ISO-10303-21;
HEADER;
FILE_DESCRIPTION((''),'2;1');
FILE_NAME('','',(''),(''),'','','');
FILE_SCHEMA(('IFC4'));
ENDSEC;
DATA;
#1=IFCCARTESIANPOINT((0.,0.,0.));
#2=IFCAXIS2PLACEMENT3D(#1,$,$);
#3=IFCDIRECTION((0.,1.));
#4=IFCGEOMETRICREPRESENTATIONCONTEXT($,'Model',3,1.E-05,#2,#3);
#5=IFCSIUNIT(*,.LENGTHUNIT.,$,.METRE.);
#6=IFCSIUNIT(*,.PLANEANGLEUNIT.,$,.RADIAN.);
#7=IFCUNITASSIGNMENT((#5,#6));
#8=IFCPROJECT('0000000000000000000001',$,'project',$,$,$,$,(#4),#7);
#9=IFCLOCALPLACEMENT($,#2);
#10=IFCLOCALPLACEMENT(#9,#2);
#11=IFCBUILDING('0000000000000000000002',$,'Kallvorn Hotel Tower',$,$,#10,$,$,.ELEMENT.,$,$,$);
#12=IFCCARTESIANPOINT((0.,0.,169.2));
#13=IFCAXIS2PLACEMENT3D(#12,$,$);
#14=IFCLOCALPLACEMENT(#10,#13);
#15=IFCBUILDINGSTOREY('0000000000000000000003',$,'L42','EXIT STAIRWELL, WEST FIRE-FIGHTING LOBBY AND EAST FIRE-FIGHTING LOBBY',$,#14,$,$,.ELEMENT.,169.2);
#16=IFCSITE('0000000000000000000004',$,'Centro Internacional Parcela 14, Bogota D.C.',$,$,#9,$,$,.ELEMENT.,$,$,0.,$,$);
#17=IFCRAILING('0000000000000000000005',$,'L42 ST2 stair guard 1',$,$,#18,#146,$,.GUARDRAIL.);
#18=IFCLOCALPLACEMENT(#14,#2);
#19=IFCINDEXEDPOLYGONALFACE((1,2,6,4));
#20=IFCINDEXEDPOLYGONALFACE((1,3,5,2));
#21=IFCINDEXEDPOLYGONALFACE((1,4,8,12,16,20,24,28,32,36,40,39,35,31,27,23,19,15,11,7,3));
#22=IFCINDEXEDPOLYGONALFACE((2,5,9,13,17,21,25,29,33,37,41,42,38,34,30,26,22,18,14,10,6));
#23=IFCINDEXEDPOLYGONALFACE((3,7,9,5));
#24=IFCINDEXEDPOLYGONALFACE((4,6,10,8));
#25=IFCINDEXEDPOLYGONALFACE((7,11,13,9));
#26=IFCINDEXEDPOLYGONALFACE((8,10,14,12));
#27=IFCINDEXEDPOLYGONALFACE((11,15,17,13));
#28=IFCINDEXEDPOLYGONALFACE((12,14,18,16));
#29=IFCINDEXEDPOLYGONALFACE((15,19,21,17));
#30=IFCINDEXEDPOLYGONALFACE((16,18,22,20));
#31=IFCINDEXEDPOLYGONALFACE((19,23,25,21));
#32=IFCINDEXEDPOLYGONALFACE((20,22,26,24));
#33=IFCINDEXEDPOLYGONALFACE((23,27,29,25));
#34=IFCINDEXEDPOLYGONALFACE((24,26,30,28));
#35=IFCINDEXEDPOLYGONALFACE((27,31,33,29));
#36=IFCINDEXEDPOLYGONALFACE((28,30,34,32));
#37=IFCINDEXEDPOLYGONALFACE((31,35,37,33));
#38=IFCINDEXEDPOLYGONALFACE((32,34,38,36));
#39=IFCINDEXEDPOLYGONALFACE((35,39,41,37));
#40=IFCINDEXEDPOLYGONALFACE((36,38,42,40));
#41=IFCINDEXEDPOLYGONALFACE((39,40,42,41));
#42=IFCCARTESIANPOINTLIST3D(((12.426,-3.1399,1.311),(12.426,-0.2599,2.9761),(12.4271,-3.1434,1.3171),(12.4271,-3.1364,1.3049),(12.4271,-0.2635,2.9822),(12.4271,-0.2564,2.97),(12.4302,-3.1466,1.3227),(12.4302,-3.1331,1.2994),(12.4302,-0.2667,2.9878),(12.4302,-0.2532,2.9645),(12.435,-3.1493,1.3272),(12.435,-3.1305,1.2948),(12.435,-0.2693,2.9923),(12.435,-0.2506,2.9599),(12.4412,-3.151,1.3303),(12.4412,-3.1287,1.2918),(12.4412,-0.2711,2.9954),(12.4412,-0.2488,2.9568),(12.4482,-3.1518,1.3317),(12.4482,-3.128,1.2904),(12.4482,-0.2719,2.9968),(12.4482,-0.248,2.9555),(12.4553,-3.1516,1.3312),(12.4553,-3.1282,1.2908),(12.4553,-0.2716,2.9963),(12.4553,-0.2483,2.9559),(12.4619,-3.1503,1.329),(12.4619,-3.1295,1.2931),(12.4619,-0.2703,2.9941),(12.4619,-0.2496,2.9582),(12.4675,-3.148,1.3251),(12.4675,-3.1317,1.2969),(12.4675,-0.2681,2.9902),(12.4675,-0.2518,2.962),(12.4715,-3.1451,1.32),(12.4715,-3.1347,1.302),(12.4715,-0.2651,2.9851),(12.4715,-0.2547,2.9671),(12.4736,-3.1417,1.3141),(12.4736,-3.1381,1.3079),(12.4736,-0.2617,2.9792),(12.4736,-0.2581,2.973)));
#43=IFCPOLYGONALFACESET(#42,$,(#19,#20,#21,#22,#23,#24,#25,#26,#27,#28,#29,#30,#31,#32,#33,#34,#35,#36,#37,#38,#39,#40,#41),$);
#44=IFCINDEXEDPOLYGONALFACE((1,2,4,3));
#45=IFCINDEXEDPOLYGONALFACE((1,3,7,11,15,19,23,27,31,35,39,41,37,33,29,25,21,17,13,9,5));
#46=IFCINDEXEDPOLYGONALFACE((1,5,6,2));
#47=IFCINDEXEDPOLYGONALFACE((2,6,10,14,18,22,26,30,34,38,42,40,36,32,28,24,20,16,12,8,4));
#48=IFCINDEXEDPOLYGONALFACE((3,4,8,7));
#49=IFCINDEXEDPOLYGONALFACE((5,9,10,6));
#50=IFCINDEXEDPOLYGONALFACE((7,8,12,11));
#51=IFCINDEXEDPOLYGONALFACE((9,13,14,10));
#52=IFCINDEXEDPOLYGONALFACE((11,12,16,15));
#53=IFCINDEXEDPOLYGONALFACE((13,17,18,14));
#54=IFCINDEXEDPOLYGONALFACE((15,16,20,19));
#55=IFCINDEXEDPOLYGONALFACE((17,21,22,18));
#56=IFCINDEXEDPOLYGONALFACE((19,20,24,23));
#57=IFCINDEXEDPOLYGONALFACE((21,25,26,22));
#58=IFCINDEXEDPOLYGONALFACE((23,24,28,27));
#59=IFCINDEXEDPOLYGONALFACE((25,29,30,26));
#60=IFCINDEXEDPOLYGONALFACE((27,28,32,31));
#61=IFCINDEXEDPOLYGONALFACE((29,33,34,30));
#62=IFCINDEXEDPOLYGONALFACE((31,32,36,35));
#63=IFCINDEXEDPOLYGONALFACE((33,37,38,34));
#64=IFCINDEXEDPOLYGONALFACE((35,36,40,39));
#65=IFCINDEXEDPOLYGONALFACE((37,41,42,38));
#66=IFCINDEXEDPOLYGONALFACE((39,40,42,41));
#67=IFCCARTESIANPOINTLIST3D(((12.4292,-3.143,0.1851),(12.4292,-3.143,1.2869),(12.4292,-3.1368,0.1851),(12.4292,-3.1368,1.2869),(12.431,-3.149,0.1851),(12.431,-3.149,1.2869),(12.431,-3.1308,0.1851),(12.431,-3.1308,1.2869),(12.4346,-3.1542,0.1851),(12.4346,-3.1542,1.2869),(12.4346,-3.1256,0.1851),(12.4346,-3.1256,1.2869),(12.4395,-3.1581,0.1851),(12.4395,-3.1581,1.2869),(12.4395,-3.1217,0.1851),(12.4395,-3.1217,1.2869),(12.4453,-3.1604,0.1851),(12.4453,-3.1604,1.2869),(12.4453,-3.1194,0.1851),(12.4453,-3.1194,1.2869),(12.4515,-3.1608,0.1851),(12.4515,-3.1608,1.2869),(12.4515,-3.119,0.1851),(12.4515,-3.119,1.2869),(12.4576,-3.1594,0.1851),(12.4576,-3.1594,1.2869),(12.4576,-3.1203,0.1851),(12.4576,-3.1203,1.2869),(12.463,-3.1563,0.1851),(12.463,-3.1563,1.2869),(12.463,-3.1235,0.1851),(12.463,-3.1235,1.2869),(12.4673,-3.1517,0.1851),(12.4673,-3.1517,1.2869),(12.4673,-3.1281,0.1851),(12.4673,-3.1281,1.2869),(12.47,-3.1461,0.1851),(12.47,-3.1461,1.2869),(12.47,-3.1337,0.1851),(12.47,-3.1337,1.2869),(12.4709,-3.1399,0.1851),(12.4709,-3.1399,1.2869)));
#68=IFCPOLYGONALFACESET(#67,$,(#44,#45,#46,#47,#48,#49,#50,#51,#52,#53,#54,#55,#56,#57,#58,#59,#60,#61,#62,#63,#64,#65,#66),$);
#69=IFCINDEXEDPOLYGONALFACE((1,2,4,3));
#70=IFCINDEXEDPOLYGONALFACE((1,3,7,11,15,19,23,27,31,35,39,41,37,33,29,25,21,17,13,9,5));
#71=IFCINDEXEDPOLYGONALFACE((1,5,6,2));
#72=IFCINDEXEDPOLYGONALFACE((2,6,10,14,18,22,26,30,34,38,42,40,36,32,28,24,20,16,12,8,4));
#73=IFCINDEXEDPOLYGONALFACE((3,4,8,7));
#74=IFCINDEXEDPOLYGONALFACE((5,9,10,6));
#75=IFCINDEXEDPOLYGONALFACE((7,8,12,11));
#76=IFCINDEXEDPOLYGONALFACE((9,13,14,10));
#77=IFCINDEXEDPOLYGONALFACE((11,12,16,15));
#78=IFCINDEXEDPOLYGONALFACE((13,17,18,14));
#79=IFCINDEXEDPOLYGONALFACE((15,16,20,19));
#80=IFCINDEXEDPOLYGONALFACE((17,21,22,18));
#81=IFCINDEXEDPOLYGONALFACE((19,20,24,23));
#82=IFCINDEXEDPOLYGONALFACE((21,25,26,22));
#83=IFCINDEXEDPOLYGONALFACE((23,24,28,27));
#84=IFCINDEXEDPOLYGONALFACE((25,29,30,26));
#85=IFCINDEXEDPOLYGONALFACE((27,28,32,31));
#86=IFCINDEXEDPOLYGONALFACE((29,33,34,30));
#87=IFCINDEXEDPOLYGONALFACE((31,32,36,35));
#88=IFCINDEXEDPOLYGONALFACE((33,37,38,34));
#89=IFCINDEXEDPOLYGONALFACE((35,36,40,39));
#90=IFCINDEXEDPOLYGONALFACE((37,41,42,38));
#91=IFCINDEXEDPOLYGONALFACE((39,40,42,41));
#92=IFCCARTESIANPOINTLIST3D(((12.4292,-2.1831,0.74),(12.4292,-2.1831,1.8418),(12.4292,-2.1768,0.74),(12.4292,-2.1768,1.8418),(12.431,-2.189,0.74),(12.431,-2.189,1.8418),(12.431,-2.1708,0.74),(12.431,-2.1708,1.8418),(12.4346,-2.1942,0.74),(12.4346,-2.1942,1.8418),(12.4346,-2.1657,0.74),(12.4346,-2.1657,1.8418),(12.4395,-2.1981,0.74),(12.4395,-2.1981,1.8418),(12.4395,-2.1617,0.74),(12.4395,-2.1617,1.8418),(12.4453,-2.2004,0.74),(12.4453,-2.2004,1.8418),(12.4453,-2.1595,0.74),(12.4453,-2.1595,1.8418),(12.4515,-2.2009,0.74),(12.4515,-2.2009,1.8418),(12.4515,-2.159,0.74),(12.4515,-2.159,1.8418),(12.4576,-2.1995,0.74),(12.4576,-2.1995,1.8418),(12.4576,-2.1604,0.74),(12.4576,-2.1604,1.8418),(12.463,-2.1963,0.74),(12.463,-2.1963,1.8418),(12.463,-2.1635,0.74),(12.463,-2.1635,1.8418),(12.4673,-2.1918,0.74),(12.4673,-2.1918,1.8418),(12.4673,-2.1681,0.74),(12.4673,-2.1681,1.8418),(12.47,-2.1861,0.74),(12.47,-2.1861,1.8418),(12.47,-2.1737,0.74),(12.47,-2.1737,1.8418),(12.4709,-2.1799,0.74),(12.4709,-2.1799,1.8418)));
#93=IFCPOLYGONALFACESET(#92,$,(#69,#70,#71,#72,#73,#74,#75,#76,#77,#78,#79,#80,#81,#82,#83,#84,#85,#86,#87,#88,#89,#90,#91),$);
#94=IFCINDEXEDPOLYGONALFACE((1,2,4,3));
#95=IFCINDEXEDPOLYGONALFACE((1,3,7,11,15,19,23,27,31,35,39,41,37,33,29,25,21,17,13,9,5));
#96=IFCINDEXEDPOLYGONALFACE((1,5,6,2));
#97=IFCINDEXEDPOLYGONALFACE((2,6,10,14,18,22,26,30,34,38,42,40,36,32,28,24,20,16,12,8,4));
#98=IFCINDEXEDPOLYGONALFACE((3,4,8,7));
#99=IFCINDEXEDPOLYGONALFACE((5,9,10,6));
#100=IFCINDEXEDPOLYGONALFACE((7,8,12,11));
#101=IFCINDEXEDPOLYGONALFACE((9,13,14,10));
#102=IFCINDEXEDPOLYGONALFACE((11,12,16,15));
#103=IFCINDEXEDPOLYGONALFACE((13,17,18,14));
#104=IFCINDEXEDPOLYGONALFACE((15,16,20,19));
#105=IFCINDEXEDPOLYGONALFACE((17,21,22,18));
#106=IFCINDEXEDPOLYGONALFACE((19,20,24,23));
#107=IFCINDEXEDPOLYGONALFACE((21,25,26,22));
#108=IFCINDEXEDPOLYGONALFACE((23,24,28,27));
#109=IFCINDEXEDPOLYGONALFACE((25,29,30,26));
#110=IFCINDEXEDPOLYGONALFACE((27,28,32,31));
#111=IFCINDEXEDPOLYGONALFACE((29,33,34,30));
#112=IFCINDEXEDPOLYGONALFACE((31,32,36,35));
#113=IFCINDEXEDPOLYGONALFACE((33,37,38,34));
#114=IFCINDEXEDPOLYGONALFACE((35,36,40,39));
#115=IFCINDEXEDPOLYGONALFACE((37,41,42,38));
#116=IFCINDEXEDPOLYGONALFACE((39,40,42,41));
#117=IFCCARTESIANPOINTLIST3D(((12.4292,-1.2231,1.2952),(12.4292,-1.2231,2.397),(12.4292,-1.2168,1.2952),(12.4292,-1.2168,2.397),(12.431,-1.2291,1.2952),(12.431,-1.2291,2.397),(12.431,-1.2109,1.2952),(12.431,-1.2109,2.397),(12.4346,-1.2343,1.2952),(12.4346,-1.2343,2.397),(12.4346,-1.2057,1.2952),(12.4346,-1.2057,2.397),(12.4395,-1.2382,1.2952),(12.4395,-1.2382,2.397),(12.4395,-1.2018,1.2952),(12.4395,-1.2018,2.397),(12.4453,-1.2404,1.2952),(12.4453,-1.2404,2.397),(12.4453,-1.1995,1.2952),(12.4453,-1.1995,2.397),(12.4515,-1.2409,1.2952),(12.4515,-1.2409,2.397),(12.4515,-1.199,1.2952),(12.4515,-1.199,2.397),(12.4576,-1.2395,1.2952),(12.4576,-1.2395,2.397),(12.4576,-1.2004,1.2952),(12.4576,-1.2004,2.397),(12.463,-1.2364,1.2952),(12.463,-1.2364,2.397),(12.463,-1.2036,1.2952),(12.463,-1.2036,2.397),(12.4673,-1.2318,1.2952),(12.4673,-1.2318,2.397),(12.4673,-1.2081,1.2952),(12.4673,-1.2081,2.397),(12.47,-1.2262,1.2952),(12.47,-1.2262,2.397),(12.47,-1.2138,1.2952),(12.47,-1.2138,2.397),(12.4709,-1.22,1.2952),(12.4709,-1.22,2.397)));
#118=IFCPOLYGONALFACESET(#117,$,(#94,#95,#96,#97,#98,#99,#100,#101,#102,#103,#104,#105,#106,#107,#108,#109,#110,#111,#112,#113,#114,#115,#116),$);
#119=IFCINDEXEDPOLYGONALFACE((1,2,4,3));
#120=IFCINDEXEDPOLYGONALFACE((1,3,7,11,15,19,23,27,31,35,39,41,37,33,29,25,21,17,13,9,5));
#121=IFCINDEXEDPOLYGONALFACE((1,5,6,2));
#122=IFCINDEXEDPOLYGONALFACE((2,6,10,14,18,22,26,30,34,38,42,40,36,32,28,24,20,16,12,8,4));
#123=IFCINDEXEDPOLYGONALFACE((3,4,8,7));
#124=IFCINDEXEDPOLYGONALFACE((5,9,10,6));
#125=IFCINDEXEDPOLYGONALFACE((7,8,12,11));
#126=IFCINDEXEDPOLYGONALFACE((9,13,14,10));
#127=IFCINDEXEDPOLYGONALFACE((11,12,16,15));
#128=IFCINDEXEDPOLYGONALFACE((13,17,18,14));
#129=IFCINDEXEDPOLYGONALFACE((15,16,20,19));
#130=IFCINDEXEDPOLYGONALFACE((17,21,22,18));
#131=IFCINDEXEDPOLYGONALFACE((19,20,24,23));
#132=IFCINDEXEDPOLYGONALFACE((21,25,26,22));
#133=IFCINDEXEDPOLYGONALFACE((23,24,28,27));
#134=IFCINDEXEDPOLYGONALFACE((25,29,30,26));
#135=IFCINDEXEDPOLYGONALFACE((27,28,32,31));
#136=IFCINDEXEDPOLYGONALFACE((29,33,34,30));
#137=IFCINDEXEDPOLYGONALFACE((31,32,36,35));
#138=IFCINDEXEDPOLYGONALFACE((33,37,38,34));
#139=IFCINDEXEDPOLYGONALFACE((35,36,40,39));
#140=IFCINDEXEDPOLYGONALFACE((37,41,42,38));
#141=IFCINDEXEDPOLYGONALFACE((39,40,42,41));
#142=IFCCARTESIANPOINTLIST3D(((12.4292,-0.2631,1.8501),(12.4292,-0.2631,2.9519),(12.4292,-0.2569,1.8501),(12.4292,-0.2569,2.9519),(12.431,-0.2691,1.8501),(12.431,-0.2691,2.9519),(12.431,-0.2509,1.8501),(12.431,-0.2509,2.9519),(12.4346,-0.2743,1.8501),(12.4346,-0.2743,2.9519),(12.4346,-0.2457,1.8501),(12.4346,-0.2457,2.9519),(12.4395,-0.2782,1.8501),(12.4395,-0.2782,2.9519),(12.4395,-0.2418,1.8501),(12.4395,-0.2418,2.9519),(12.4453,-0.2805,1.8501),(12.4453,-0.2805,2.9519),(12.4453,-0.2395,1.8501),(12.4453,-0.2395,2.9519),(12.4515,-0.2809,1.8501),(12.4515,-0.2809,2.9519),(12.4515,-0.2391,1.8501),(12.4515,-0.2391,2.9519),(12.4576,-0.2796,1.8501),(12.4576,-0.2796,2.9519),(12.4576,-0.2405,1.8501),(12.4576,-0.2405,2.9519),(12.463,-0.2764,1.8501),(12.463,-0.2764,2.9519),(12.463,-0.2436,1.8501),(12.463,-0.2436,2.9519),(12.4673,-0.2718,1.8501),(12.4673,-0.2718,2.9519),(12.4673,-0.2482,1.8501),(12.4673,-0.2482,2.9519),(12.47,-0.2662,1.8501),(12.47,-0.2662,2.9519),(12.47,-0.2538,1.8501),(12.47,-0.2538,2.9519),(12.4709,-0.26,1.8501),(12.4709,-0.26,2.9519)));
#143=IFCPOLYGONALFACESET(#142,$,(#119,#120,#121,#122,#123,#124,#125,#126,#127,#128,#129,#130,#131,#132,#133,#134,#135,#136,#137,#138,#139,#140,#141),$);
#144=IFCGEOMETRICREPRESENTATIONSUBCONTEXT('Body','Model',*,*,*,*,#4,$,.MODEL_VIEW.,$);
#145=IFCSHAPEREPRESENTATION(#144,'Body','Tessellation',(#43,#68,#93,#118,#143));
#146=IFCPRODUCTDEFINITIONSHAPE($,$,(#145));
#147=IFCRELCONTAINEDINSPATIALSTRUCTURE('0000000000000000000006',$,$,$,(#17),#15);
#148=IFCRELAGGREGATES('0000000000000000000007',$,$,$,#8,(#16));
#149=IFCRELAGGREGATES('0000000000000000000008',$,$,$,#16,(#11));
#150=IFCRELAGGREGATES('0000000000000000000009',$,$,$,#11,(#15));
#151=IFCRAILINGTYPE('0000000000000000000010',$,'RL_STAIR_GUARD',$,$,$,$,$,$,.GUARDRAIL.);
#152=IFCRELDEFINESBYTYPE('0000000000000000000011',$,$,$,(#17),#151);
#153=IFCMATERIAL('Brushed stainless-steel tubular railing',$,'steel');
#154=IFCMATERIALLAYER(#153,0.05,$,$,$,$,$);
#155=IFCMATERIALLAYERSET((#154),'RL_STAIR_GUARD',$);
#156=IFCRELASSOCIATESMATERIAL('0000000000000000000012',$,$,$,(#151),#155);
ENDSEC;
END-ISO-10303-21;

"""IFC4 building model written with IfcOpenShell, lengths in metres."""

from ifc_helpers import new_model, si_unit, direction, frame, origin, origin_2d, place, context, subcontext, project, spatial, circle, extrude, material, layer, layer_set, type_object, element, save


model = new_model("IFC4")

# Units and contexts
model_context = context("Model", 3, precision=1e-05, world=origin(), true_north=direction((0.0, 1.0)))
body_context = subcontext(model_context, "Body", "Model", "MODEL_VIEW")
ifc_project = project(units=[si_unit("LENGTHUNIT", "METRE"), si_unit("PLANEANGLEUNIT", "RADIAN")], contexts=[model_context])

# Site, building, storey
site_placement = place(None, origin())
site = spatial("IfcSite", under=ifc_project, at=site_placement, Name="Centro Internacional Parcela 14, Bogota D.C.", CompositionType="ELEMENT", RefElevation=0.0)
building_placement = place(site_placement, origin())
building = spatial("IfcBuilding", under=site, at=building_placement, Name="Kallvorn Hotel Tower", CompositionType="ELEMENT")
storey_placement = place(building_placement, frame((0.0, 0.0, 169.2)))
storey = spatial("IfcBuildingStorey", under=building, at=storey_placement, Name="L42", Description="EXIT STAIRWELL, WEST FIRE-FIGHTING LOBBY AND EAST FIRE-FIGHTING LOBBY", CompositionType="ELEMENT", Elevation=169.2)

# Railing
ifc_material_1 = material(Name="Brushed stainless-steel tubular railing", Category="steel")
ifc_layer_1 = layer(ifc_material_1, 0.05)
ifc_layer_set_1 = layer_set([ifc_layer_1], Name="RL_STAIR_GUARD")
railing_type_1 = type_object("IfcRailingType", Name="RL_STAIR_GUARD", PredefinedType="GUARDRAIL", material=ifc_layer_set_1)
railing_1_placement = place(storey_placement, frame((12.45, -3.1399, 0.1851)))
element("IfcRailing", 1, at=railing_1_placement, inside=storey, type_object=railing_type_1, Name="L42 ST2 stair guard 1", PredefinedType="GUARDRAIL", context=body_context, shape_type="SweptSolid", body=[
    extrude(circle(Radius=0.0239, at=origin_2d()), frame((0.0, 0.0, 1.126), z_axis=(0.0, 0.865721, 0.500527), x_axis=(-1.0, 0.0, 0.0)), (0.0, 0.0, 1.0), 3.3267),
    extrude(circle(Radius=0.021, at=origin_2d()), origin(), (0.0, 0.0, 1.0), 1.1018),
    extrude(circle(Radius=0.021, at=origin_2d()), frame((0.0, 0.96, 0.5549)), (0.0, 0.0, 1.0), 1.1018),
    extrude(circle(Radius=0.021, at=origin_2d()), frame((0.0, 1.9199, 1.1101)), (0.0, 0.0, 1.0), 1.1018),
    extrude(circle(Radius=0.021, at=origin_2d()), frame((0.0, 2.8799, 1.665)), (0.0, 0.0, 1.0), 1.1018),
])

save(model, "model.ifc")
